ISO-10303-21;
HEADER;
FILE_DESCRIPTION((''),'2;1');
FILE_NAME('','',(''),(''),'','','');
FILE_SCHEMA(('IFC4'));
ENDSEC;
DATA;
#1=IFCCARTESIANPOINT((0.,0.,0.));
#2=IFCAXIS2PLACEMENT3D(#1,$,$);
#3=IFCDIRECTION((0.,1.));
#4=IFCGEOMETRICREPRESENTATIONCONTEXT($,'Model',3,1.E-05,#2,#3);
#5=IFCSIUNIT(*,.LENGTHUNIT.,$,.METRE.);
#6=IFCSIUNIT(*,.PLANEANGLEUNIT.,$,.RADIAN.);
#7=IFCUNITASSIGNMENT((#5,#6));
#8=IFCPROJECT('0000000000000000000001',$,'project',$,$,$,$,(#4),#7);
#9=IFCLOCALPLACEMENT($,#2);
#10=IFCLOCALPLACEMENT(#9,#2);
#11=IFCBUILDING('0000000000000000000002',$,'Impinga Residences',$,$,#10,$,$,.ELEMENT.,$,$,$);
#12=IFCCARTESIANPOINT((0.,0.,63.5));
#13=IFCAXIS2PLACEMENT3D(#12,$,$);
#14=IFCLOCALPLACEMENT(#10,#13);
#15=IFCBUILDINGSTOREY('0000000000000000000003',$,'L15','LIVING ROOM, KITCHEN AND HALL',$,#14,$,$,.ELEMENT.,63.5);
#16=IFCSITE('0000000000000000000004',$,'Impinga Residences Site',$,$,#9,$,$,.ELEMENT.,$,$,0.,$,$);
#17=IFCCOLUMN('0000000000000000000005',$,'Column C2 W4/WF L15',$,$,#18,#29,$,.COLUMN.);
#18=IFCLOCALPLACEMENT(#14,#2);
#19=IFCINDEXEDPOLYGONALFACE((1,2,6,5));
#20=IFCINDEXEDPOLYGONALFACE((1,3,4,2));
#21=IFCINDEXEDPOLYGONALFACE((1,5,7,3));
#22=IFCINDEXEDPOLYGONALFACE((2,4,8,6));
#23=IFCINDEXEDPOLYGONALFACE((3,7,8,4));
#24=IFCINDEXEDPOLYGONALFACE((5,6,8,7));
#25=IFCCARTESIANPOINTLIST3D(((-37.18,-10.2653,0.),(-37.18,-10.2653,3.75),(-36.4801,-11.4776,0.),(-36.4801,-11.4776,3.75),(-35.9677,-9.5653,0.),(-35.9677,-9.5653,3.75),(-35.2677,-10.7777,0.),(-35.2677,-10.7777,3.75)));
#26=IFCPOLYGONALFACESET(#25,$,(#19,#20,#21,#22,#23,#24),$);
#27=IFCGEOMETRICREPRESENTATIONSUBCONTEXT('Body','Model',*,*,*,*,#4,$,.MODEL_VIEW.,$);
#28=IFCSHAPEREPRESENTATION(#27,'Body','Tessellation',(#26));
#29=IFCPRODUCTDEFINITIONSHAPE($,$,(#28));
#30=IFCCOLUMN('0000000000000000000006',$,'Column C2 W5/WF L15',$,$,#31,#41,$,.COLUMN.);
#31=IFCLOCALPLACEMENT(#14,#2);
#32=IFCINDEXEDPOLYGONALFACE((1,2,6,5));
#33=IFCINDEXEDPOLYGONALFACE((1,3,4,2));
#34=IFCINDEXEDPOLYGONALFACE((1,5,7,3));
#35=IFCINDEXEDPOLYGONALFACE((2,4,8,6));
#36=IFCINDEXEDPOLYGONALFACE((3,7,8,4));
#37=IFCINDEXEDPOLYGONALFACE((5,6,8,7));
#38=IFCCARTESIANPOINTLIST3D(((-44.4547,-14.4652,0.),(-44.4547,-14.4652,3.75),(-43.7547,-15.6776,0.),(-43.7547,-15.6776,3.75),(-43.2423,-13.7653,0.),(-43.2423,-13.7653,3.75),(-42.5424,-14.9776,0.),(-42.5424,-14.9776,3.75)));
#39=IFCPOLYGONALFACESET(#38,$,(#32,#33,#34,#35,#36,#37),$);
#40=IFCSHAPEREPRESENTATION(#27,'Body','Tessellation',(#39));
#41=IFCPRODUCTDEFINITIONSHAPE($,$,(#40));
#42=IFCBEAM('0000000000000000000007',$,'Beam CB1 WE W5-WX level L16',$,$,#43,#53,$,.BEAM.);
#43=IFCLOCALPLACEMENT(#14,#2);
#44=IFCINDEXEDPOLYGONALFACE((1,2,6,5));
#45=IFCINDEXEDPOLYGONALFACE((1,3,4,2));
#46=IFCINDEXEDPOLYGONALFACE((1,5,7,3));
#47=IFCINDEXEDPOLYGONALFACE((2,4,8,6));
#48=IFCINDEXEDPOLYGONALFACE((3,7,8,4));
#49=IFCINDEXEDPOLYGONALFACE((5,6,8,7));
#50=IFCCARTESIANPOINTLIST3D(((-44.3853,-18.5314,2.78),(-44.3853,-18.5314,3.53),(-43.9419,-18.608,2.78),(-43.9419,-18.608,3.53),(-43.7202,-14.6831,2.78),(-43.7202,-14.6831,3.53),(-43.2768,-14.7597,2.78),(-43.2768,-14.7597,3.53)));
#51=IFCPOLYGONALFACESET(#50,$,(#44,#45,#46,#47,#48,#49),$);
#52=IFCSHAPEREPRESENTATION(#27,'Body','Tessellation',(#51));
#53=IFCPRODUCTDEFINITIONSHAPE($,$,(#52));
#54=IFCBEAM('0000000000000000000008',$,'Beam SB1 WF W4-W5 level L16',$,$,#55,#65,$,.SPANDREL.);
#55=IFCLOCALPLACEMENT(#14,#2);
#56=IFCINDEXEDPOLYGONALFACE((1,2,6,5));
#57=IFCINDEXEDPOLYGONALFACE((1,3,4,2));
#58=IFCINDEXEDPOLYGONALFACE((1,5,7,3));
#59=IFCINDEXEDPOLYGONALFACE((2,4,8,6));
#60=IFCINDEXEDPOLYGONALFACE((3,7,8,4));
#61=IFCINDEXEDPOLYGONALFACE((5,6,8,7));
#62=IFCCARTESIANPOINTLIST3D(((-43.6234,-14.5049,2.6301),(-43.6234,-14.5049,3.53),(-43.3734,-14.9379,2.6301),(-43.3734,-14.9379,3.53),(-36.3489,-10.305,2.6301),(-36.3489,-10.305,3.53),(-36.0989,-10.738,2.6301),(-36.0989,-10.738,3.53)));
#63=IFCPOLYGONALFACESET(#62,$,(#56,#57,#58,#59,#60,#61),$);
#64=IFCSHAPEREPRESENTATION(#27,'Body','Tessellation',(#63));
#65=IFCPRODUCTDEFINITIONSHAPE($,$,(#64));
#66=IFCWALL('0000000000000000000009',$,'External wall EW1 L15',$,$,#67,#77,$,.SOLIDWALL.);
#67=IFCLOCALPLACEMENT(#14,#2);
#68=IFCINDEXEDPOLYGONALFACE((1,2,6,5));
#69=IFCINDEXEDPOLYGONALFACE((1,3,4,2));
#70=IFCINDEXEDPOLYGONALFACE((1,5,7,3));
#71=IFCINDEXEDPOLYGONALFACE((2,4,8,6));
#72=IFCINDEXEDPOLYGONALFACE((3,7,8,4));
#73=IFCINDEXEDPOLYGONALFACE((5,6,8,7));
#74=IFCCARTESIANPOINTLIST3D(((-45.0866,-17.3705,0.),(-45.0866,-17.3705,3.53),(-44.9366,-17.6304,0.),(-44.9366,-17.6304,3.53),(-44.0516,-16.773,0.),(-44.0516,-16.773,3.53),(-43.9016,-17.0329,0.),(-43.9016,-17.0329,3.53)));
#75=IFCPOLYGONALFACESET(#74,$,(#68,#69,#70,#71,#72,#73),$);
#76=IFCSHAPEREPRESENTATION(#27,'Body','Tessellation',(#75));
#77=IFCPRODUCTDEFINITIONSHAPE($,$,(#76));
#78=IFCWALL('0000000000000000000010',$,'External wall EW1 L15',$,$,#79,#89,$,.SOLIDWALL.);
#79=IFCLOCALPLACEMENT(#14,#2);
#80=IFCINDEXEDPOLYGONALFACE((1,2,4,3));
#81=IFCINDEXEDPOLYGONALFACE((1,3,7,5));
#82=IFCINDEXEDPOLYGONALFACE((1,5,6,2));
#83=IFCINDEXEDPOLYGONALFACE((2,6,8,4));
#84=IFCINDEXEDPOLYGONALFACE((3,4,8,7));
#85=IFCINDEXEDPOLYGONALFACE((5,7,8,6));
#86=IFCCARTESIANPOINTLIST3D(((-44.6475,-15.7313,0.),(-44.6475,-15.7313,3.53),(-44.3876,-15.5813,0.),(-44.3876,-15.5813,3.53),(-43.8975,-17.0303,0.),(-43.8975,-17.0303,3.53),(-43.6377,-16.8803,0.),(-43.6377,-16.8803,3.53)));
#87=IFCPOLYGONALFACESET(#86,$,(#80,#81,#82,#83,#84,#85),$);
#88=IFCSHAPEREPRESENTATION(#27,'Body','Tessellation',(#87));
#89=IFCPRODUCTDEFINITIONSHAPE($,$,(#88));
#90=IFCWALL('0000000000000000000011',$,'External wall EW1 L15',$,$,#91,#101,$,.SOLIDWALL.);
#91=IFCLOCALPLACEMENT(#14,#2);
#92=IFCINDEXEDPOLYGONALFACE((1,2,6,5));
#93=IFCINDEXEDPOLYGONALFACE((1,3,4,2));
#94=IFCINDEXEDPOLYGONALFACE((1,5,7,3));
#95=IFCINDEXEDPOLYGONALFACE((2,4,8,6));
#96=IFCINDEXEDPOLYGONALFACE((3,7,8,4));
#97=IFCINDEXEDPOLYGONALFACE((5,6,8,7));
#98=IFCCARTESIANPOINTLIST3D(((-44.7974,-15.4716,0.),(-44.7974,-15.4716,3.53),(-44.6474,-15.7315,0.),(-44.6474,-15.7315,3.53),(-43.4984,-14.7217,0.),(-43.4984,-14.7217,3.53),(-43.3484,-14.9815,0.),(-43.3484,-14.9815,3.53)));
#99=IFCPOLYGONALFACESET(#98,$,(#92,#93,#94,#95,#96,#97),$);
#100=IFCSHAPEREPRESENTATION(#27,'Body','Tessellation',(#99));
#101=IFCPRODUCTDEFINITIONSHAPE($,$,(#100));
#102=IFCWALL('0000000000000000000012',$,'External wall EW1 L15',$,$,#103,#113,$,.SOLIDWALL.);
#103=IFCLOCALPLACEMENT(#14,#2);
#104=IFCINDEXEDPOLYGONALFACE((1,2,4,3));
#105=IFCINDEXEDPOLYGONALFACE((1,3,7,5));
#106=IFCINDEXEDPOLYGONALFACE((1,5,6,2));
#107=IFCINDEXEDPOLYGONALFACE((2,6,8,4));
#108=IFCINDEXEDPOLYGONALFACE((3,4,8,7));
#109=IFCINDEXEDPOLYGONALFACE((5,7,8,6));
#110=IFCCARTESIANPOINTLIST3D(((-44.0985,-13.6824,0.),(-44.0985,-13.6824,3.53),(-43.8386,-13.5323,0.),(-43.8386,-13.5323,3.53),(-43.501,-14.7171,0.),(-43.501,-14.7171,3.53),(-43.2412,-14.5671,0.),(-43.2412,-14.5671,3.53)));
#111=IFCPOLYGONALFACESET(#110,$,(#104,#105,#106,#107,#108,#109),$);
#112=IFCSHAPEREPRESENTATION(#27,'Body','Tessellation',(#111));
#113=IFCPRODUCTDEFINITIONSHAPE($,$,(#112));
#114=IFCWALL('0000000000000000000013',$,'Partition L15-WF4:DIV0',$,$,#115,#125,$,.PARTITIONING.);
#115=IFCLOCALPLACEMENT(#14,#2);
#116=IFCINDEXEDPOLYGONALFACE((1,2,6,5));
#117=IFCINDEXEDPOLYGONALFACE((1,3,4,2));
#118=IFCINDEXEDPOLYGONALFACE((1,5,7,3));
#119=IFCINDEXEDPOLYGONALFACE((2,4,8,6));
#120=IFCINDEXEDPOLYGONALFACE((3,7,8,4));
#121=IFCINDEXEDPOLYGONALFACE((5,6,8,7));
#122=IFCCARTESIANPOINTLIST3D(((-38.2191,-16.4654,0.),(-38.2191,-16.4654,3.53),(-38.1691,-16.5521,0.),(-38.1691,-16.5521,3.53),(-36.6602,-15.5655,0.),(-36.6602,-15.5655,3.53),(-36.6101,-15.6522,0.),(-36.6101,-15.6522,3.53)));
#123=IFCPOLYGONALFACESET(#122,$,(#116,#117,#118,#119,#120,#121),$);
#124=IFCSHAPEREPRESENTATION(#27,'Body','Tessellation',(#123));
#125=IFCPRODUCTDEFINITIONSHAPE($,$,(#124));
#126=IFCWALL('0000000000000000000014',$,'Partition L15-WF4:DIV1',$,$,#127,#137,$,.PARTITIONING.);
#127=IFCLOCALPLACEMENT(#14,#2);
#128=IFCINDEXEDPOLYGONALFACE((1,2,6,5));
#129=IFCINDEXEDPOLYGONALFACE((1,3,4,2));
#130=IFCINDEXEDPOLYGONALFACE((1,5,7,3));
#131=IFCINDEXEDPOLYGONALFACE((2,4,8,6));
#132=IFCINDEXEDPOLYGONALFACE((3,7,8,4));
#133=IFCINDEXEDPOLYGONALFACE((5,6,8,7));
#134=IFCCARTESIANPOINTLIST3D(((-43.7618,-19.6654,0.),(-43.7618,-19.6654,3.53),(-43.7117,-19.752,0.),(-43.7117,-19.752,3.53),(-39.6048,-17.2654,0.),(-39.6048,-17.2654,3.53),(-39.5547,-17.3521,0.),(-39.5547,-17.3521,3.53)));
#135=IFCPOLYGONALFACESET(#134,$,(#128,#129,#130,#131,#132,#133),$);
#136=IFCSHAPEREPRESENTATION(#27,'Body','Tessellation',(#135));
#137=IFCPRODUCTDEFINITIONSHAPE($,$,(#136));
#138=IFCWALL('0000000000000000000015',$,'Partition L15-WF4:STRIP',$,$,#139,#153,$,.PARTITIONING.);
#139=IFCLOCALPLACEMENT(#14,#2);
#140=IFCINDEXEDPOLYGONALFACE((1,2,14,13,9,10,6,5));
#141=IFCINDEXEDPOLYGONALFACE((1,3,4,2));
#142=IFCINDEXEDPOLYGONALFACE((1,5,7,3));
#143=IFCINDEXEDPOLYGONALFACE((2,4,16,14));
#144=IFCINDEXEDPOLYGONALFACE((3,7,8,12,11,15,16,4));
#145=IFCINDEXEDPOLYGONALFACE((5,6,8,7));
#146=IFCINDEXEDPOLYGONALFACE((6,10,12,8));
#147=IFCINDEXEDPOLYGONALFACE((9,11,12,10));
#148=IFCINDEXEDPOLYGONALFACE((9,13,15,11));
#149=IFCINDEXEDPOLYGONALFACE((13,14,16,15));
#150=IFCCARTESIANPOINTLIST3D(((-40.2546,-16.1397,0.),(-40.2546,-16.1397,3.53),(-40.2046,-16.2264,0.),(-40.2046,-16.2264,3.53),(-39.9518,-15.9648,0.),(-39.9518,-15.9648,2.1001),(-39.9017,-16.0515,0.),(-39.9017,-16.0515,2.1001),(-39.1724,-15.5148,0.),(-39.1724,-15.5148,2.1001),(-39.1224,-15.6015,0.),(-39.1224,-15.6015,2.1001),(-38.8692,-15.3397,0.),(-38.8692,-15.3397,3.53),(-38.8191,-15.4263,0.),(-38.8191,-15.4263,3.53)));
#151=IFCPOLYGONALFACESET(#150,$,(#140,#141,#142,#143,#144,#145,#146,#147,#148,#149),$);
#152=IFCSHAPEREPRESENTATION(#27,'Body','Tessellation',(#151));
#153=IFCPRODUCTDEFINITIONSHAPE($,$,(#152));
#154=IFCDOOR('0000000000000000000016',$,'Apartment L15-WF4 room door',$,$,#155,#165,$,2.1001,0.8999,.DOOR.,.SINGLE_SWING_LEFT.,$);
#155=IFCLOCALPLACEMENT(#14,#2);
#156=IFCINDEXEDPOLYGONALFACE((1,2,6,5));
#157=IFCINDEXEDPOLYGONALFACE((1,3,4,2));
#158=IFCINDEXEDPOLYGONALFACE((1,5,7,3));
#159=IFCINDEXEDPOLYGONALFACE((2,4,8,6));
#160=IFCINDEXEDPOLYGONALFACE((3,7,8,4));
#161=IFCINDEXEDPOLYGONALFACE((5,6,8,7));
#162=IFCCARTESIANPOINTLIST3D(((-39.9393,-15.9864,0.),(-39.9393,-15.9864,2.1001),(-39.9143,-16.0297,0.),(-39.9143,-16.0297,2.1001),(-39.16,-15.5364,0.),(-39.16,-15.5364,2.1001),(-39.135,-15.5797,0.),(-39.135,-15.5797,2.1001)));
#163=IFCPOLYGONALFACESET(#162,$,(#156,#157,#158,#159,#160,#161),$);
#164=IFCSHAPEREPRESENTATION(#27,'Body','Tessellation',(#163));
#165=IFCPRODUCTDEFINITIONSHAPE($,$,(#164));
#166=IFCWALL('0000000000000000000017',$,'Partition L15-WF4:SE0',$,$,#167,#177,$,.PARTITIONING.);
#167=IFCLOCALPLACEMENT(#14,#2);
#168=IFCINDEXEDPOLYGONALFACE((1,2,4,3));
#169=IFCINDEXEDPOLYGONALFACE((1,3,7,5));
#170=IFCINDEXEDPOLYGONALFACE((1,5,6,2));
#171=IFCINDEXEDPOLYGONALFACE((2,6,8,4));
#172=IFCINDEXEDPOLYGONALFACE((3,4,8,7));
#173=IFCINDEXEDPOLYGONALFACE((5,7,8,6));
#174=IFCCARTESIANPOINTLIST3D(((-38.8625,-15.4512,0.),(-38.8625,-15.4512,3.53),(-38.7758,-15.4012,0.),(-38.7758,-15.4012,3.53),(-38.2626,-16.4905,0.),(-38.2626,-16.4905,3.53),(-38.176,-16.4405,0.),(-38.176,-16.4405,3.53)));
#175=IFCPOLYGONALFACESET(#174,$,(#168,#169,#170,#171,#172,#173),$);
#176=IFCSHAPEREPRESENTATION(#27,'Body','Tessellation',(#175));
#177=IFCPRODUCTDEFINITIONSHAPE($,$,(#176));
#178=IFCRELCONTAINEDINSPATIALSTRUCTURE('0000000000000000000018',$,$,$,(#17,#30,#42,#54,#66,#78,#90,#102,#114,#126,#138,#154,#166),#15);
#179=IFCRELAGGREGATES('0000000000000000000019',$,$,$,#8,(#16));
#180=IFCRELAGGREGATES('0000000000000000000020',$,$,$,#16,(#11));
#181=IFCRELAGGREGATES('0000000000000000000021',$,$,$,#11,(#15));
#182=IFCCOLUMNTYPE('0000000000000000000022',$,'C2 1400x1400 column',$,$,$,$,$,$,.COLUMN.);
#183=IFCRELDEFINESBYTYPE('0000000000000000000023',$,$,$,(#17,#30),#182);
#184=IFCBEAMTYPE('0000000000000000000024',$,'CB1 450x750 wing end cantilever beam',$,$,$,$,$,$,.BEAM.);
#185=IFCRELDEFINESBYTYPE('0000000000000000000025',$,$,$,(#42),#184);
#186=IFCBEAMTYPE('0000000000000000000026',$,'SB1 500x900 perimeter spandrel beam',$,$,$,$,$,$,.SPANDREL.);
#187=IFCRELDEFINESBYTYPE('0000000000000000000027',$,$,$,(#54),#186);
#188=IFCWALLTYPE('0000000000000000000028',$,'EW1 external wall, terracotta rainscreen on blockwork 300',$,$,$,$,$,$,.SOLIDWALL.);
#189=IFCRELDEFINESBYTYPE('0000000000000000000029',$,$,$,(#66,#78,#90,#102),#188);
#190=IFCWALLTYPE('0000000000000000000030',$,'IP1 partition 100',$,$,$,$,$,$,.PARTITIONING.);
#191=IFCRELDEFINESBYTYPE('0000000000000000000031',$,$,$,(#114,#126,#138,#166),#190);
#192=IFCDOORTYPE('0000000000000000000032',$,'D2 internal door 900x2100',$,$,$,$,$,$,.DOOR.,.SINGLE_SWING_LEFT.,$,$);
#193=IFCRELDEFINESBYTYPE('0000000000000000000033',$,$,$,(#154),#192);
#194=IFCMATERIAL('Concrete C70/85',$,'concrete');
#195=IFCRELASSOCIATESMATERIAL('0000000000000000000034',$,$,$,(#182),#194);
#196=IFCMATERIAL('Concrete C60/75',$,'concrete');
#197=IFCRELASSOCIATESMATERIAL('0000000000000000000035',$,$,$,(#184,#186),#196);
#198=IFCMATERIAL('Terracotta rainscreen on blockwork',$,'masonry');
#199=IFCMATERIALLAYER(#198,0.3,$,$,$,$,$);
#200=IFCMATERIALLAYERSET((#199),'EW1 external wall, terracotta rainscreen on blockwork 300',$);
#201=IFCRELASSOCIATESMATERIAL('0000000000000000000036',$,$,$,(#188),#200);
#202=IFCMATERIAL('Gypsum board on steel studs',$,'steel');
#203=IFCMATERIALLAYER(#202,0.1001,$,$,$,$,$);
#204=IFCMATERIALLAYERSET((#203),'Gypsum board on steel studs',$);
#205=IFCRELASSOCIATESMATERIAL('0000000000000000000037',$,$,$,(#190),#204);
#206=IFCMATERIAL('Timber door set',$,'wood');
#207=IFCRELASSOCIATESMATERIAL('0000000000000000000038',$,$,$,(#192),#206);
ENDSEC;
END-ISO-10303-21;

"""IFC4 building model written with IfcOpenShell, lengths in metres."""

from ifc_helpers import new_model, si_unit, direction, frame, frame_2d, origin, origin_2d, place, context, subcontext, project, spatial, rectangle, extrude, material, layer, layer_set, material_profile, profile_set, type_object, element, fill, save


model = new_model("IFC4")

# Units and contexts
model_context = context("Model", 3, precision=1e-05, world=origin(), true_north=direction((0.0, 1.0)))
body_context = subcontext(model_context, "Body", "Model", "MODEL_VIEW")
ifc_project = project(units=[si_unit("LENGTHUNIT", "METRE"), si_unit("PLANEANGLEUNIT", "RADIAN")], contexts=[model_context])

# Site, building, storey
site_placement = place(None, origin())
site = spatial("IfcSite", under=ifc_project, at=site_placement, Name="Impinga Residences Site", CompositionType="ELEMENT", RefElevation=0.0)
building_placement = place(site_placement, origin())
building = spatial("IfcBuilding", under=site, at=building_placement, Name="Impinga Residences", CompositionType="ELEMENT")
storey_placement = place(building_placement, frame((0.0, 0.0, 63.5)))
storey = spatial("IfcBuildingStorey", under=building, at=storey_placement, Name="L15", Description="LIVING ROOM, KITCHEN AND HALL", CompositionType="ELEMENT", Elevation=63.5)

# Columns
ifc_material_1 = material(Name="Concrete C70/85", Category="concrete")
ifc_material_profile_1 = material_profile(ifc_material_1, rectangle(XDim=1.3999, YDim=1.3999, at=origin_2d()), Name="RC 1400x1400")
ifc_profile_set_1 = profile_set([ifc_material_profile_1], Name="Concrete C70/85")
column_type = type_object("IfcColumnType", Name="C2 1400x1400 column", PredefinedType="COLUMN", material=ifc_profile_set_1)
for number, where, z_axis, x_axis, name in (
    (1, (-36.2239, -10.5215, 0.0), (0.0, 0.0, 1.0), (-0.5, 0.866025, 0.0), "Column C2 W4/WF L15"),
    (2, (-43.4985, -14.7214, 0.0), (0.0, 0.0, 1.0), (-0.5, 0.866025, 0.0), "Column C2 W5/WF L15"),
):
    element("IfcColumn", number, at=place(storey_placement, frame(where, z_axis=z_axis, x_axis=x_axis)), inside=storey, type_object=column_type, Name=name, PredefinedType="COLUMN", context=body_context, shape_type="SweptSolid", body=[
        extrude(rectangle(XDim=1.3999, YDim=1.3999, at=origin_2d()), origin(), (0.0, 0.0, 1.0), 3.75),
    ])

# Beams
ifc_material_2 = material(Name="Concrete C60/75", Category="concrete")
ifc_material_profile_2 = material_profile(ifc_material_2, rectangle(XDim=0.45, YDim=0.75, at=origin_2d()), Name="RC 450x750")
ifc_profile_set_2 = profile_set([ifc_material_profile_2], Name="Concrete C60/75")
beam_type_1 = type_object("IfcBeamType", Name="CB1 450x750 wing end cantilever beam", PredefinedType="BEAM", material=ifc_profile_set_2)
beam_1_placement = place(storey_placement, frame((-43.4985, -14.7214, 3.155), z_axis=(-0.170296, -0.985393, 0.0), x_axis=(0.985393, -0.170296, 0.0)))
element("IfcBeam", 3, at=beam_1_placement, inside=storey, type_object=beam_type_1, Name="Beam CB1 WE W5-WX level L16", PredefinedType="BEAM", context=body_context, shape_type="SweptSolid", body=[
    extrude(rectangle(XDim=0.45, YDim=0.75, at=origin_2d()), origin(), (0.0, 0.0, 1.0), 3.9053),
])
ifc_material_profile_3 = material_profile(ifc_material_2, rectangle(XDim=0.5, YDim=0.8999, at=origin_2d()), Name="RC 500x900")
ifc_profile_set_3 = profile_set([ifc_material_profile_3], Name="Concrete C60/75")
beam_type_2 = type_object("IfcBeamType", Name="SB1 500x900 perimeter spandrel beam", PredefinedType="SPANDREL", material=ifc_profile_set_3)
beam_2_placement = place(storey_placement, frame((-36.2239, -10.5215, 3.0801), z_axis=(-0.866029, -0.499993, 0.0), x_axis=(0.499993, -0.866029, 0.0)))
element("IfcBeam", 4, at=beam_2_placement, inside=storey, type_object=beam_type_2, Name="Beam SB1 WF W4-W5 level L16", PredefinedType="SPANDREL", context=body_context, shape_type="SweptSolid", body=[
    extrude(rectangle(XDim=0.5, YDim=0.8999, at=origin_2d()), origin(), (0.0, 0.0, 1.0), 8.3999),
])

# Walls
ifc_material_3 = material(Name="Terracotta rainscreen on blockwork", Category="masonry")
ifc_layer_1 = layer(ifc_material_3, 0.3)
ifc_layer_set_1 = layer_set([ifc_layer_1], Name="EW1 external wall, terracotta rainscreen on blockwork 300")
wall_type_1 = type_object("IfcWallType", Name="EW1 external wall, terracotta rainscreen on blockwork 300", PredefinedType="SOLIDWALL", material=ifc_layer_set_1)
wall_1_placement = place(storey_placement, frame((-45.0117, -17.5005, 0.0), z_axis=(0.0, 0.0, 1.0), x_axis=(0.86606, 0.499941, 0.0)))
element("IfcWall", 5, at=wall_1_placement, inside=storey, type_object=wall_type_1, Name="External wall EW1 L15", PredefinedType="SOLIDWALL", context=body_context, shape_type="SweptSolid", body=[
    extrude(rectangle(XDim=1.1951, YDim=0.3, at=frame_2d((0.5977, 0.0))), origin(), (0.0, 0.0, 1.0), 3.53),
])
for number, where, z_axis, x_axis, name in (
    (6, (-43.7676, -16.9553, 0.0), (0.0, 0.0, 1.0), (-0.49999, 0.866031, 0.0), "External wall EW1 L15"),
    (7, (-44.7224, -15.6016, 0.0), (0.0, 0.0, 1.0), (0.866031, 0.49999, 0.0), "External wall EW1 L15"),
):
    element("IfcWall", number, at=place(storey_placement, frame(where, z_axis=z_axis, x_axis=x_axis)), inside=storey, type_object=wall_type_1, Name=name, PredefinedType="SOLIDWALL", context=body_context, shape_type="SweptSolid", body=[
        extrude(rectangle(XDim=1.5, YDim=0.3, at=frame_2d((0.75, 0.0))), origin(), (0.0, 0.0, 1.0), 3.53),
    ])
wall_2_placement = place(storey_placement, frame((-43.3711, -14.6421, 0.0), z_axis=(0.0, 0.0, 1.0), x_axis=(-0.500029, 0.866009, 0.0)))
element("IfcWall", 8, at=wall_2_placement, inside=storey, type_object=wall_type_1, Name="External wall EW1 L15", PredefinedType="SOLIDWALL", context=body_context, shape_type="SweptSolid", body=[
    extrude(rectangle(XDim=1.1948, YDim=0.3, at=frame_2d((0.5974, 0.0))), origin(), (0.0, 0.0, 1.0), 3.53),
])

# Walls
ifc_material_4 = material(Name="Gypsum board on steel studs", Category="steel")
ifc_layer_2 = layer(ifc_material_4, 0.1001)
ifc_layer_set_2 = layer_set([ifc_layer_2], Name="Gypsum board on steel studs")
wall_type_2 = type_object("IfcWallType", Name="IP1 partition 100", PredefinedType="PARTITIONING", material=ifc_layer_set_2)
wall_3_placement = place(storey_placement, frame((-36.6353, -15.6089, 0.0), z_axis=(0.0, 0.0, 1.0), x_axis=(-0.866048, -0.499961, 0.0)))
element("IfcWall", 9, at=wall_3_placement, inside=storey, type_object=wall_type_2, Name="Partition L15-WF4:DIV0", PredefinedType="PARTITIONING", context=body_context, shape_type="SweptSolid", body=[
    extrude(rectangle(XDim=1.8, YDim=0.1001, at=frame_2d((0.8999, 0.0))), origin(), (0.0, 0.0, 1.0), 3.53),
])
wall_4_placement = place(storey_placement, frame((-39.5798, -17.3088, 0.0), z_axis=(0.0, 0.0, 1.0), x_axis=(-0.866037, -0.499979, 0.0)))
element("IfcWall", 10, at=wall_4_placement, inside=storey, type_object=wall_type_2, Name="Partition L15-WF4:DIV1", PredefinedType="PARTITIONING", context=body_context, shape_type="SweptSolid", body=[
    extrude(rectangle(XDim=4.8, YDim=0.1001, at=frame_2d((2.3999, 0.0))), origin(), (0.0, 0.0, 1.0), 3.53),
])

# Wall, opening, door
wall_5_placement = place(storey_placement, frame((-38.8442, -15.3831, 0.0), z_axis=(0.0, 0.0, 1.0), x_axis=(-0.86599, -0.500061, 0.0)))
wall_5 = element("IfcWall", 11, at=wall_5_placement, inside=storey, type_object=wall_type_2, Name="Partition L15-WF4:STRIP", PredefinedType="PARTITIONING", context=body_context, shape_type="SweptSolid", body=[
    extrude(rectangle(XDim=1.5999, YDim=0.1001, at=frame_2d((0.7998, 0.0))), origin(), (0.0, 0.0, 1.0), 3.53),
])
opening_1_placement = place(wall_5_placement, frame((0.3501, 0.0, 0.0)))
opening_1 = element("IfcOpeningElement", 12, at=opening_1_placement, cuts=wall_5, PredefinedType="OPENING", context=body_context, shape_type="SweptSolid", body=[
    extrude(rectangle(XDim=0.8999, YDim=2.1001, at=frame_2d((0.45, 1.05))), frame((0.0, 0.0601, 0.0), z_axis=(0.0, -1.0, 0.0), x_axis=(1.0, 0.0, 0.0)), (0.0, 0.0, 1.0), 0.1201),
])
ifc_material_5 = material(Name="Timber door set", Category="wood")
door_type = type_object("IfcDoorType", Name="D2 internal door 900x2100", OperationType="SINGLE_SWING_LEFT", PredefinedType="DOOR", material=ifc_material_5)
door_placement = place(opening_1_placement, origin())
door = element("IfcDoor", 13, at=door_placement, inside=storey, type_object=door_type, Name="Apartment L15-WF4 room door", OperationType="SINGLE_SWING_LEFT", OverallHeight=2.1001, OverallWidth=0.8999, PredefinedType="DOOR", context=body_context, shape_type="SweptSolid", body=[
    extrude(rectangle(XDim=0.8999, YDim=2.1001, at=frame_2d((0.45, 1.05))), frame((0.0, 0.0249, 0.0), z_axis=(0.0, -1.0, 0.0), x_axis=(1.0, 0.0, 0.0)), (0.0, 0.0, 1.0), 0.05),
])
fill(opening_1, door)

# Wall
wall_6_placement = place(storey_placement, frame((-38.2192, -16.4656, 0.0), z_axis=(0.0, 0.0, 1.0), x_axis=(-0.499881, 0.866094, 0.0)))
element("IfcWall", 14, at=wall_6_placement, inside=storey, type_object=wall_type_2, Name="Partition L15-WF4:SE0", PredefinedType="PARTITIONING", context=body_context, shape_type="SweptSolid", body=[
    extrude(rectangle(XDim=1.2, YDim=0.1001, at=frame_2d((0.6001, 0.0))), origin(), (0.0, 0.0, 1.0), 3.53),
])

save(model, "model.ifc")
